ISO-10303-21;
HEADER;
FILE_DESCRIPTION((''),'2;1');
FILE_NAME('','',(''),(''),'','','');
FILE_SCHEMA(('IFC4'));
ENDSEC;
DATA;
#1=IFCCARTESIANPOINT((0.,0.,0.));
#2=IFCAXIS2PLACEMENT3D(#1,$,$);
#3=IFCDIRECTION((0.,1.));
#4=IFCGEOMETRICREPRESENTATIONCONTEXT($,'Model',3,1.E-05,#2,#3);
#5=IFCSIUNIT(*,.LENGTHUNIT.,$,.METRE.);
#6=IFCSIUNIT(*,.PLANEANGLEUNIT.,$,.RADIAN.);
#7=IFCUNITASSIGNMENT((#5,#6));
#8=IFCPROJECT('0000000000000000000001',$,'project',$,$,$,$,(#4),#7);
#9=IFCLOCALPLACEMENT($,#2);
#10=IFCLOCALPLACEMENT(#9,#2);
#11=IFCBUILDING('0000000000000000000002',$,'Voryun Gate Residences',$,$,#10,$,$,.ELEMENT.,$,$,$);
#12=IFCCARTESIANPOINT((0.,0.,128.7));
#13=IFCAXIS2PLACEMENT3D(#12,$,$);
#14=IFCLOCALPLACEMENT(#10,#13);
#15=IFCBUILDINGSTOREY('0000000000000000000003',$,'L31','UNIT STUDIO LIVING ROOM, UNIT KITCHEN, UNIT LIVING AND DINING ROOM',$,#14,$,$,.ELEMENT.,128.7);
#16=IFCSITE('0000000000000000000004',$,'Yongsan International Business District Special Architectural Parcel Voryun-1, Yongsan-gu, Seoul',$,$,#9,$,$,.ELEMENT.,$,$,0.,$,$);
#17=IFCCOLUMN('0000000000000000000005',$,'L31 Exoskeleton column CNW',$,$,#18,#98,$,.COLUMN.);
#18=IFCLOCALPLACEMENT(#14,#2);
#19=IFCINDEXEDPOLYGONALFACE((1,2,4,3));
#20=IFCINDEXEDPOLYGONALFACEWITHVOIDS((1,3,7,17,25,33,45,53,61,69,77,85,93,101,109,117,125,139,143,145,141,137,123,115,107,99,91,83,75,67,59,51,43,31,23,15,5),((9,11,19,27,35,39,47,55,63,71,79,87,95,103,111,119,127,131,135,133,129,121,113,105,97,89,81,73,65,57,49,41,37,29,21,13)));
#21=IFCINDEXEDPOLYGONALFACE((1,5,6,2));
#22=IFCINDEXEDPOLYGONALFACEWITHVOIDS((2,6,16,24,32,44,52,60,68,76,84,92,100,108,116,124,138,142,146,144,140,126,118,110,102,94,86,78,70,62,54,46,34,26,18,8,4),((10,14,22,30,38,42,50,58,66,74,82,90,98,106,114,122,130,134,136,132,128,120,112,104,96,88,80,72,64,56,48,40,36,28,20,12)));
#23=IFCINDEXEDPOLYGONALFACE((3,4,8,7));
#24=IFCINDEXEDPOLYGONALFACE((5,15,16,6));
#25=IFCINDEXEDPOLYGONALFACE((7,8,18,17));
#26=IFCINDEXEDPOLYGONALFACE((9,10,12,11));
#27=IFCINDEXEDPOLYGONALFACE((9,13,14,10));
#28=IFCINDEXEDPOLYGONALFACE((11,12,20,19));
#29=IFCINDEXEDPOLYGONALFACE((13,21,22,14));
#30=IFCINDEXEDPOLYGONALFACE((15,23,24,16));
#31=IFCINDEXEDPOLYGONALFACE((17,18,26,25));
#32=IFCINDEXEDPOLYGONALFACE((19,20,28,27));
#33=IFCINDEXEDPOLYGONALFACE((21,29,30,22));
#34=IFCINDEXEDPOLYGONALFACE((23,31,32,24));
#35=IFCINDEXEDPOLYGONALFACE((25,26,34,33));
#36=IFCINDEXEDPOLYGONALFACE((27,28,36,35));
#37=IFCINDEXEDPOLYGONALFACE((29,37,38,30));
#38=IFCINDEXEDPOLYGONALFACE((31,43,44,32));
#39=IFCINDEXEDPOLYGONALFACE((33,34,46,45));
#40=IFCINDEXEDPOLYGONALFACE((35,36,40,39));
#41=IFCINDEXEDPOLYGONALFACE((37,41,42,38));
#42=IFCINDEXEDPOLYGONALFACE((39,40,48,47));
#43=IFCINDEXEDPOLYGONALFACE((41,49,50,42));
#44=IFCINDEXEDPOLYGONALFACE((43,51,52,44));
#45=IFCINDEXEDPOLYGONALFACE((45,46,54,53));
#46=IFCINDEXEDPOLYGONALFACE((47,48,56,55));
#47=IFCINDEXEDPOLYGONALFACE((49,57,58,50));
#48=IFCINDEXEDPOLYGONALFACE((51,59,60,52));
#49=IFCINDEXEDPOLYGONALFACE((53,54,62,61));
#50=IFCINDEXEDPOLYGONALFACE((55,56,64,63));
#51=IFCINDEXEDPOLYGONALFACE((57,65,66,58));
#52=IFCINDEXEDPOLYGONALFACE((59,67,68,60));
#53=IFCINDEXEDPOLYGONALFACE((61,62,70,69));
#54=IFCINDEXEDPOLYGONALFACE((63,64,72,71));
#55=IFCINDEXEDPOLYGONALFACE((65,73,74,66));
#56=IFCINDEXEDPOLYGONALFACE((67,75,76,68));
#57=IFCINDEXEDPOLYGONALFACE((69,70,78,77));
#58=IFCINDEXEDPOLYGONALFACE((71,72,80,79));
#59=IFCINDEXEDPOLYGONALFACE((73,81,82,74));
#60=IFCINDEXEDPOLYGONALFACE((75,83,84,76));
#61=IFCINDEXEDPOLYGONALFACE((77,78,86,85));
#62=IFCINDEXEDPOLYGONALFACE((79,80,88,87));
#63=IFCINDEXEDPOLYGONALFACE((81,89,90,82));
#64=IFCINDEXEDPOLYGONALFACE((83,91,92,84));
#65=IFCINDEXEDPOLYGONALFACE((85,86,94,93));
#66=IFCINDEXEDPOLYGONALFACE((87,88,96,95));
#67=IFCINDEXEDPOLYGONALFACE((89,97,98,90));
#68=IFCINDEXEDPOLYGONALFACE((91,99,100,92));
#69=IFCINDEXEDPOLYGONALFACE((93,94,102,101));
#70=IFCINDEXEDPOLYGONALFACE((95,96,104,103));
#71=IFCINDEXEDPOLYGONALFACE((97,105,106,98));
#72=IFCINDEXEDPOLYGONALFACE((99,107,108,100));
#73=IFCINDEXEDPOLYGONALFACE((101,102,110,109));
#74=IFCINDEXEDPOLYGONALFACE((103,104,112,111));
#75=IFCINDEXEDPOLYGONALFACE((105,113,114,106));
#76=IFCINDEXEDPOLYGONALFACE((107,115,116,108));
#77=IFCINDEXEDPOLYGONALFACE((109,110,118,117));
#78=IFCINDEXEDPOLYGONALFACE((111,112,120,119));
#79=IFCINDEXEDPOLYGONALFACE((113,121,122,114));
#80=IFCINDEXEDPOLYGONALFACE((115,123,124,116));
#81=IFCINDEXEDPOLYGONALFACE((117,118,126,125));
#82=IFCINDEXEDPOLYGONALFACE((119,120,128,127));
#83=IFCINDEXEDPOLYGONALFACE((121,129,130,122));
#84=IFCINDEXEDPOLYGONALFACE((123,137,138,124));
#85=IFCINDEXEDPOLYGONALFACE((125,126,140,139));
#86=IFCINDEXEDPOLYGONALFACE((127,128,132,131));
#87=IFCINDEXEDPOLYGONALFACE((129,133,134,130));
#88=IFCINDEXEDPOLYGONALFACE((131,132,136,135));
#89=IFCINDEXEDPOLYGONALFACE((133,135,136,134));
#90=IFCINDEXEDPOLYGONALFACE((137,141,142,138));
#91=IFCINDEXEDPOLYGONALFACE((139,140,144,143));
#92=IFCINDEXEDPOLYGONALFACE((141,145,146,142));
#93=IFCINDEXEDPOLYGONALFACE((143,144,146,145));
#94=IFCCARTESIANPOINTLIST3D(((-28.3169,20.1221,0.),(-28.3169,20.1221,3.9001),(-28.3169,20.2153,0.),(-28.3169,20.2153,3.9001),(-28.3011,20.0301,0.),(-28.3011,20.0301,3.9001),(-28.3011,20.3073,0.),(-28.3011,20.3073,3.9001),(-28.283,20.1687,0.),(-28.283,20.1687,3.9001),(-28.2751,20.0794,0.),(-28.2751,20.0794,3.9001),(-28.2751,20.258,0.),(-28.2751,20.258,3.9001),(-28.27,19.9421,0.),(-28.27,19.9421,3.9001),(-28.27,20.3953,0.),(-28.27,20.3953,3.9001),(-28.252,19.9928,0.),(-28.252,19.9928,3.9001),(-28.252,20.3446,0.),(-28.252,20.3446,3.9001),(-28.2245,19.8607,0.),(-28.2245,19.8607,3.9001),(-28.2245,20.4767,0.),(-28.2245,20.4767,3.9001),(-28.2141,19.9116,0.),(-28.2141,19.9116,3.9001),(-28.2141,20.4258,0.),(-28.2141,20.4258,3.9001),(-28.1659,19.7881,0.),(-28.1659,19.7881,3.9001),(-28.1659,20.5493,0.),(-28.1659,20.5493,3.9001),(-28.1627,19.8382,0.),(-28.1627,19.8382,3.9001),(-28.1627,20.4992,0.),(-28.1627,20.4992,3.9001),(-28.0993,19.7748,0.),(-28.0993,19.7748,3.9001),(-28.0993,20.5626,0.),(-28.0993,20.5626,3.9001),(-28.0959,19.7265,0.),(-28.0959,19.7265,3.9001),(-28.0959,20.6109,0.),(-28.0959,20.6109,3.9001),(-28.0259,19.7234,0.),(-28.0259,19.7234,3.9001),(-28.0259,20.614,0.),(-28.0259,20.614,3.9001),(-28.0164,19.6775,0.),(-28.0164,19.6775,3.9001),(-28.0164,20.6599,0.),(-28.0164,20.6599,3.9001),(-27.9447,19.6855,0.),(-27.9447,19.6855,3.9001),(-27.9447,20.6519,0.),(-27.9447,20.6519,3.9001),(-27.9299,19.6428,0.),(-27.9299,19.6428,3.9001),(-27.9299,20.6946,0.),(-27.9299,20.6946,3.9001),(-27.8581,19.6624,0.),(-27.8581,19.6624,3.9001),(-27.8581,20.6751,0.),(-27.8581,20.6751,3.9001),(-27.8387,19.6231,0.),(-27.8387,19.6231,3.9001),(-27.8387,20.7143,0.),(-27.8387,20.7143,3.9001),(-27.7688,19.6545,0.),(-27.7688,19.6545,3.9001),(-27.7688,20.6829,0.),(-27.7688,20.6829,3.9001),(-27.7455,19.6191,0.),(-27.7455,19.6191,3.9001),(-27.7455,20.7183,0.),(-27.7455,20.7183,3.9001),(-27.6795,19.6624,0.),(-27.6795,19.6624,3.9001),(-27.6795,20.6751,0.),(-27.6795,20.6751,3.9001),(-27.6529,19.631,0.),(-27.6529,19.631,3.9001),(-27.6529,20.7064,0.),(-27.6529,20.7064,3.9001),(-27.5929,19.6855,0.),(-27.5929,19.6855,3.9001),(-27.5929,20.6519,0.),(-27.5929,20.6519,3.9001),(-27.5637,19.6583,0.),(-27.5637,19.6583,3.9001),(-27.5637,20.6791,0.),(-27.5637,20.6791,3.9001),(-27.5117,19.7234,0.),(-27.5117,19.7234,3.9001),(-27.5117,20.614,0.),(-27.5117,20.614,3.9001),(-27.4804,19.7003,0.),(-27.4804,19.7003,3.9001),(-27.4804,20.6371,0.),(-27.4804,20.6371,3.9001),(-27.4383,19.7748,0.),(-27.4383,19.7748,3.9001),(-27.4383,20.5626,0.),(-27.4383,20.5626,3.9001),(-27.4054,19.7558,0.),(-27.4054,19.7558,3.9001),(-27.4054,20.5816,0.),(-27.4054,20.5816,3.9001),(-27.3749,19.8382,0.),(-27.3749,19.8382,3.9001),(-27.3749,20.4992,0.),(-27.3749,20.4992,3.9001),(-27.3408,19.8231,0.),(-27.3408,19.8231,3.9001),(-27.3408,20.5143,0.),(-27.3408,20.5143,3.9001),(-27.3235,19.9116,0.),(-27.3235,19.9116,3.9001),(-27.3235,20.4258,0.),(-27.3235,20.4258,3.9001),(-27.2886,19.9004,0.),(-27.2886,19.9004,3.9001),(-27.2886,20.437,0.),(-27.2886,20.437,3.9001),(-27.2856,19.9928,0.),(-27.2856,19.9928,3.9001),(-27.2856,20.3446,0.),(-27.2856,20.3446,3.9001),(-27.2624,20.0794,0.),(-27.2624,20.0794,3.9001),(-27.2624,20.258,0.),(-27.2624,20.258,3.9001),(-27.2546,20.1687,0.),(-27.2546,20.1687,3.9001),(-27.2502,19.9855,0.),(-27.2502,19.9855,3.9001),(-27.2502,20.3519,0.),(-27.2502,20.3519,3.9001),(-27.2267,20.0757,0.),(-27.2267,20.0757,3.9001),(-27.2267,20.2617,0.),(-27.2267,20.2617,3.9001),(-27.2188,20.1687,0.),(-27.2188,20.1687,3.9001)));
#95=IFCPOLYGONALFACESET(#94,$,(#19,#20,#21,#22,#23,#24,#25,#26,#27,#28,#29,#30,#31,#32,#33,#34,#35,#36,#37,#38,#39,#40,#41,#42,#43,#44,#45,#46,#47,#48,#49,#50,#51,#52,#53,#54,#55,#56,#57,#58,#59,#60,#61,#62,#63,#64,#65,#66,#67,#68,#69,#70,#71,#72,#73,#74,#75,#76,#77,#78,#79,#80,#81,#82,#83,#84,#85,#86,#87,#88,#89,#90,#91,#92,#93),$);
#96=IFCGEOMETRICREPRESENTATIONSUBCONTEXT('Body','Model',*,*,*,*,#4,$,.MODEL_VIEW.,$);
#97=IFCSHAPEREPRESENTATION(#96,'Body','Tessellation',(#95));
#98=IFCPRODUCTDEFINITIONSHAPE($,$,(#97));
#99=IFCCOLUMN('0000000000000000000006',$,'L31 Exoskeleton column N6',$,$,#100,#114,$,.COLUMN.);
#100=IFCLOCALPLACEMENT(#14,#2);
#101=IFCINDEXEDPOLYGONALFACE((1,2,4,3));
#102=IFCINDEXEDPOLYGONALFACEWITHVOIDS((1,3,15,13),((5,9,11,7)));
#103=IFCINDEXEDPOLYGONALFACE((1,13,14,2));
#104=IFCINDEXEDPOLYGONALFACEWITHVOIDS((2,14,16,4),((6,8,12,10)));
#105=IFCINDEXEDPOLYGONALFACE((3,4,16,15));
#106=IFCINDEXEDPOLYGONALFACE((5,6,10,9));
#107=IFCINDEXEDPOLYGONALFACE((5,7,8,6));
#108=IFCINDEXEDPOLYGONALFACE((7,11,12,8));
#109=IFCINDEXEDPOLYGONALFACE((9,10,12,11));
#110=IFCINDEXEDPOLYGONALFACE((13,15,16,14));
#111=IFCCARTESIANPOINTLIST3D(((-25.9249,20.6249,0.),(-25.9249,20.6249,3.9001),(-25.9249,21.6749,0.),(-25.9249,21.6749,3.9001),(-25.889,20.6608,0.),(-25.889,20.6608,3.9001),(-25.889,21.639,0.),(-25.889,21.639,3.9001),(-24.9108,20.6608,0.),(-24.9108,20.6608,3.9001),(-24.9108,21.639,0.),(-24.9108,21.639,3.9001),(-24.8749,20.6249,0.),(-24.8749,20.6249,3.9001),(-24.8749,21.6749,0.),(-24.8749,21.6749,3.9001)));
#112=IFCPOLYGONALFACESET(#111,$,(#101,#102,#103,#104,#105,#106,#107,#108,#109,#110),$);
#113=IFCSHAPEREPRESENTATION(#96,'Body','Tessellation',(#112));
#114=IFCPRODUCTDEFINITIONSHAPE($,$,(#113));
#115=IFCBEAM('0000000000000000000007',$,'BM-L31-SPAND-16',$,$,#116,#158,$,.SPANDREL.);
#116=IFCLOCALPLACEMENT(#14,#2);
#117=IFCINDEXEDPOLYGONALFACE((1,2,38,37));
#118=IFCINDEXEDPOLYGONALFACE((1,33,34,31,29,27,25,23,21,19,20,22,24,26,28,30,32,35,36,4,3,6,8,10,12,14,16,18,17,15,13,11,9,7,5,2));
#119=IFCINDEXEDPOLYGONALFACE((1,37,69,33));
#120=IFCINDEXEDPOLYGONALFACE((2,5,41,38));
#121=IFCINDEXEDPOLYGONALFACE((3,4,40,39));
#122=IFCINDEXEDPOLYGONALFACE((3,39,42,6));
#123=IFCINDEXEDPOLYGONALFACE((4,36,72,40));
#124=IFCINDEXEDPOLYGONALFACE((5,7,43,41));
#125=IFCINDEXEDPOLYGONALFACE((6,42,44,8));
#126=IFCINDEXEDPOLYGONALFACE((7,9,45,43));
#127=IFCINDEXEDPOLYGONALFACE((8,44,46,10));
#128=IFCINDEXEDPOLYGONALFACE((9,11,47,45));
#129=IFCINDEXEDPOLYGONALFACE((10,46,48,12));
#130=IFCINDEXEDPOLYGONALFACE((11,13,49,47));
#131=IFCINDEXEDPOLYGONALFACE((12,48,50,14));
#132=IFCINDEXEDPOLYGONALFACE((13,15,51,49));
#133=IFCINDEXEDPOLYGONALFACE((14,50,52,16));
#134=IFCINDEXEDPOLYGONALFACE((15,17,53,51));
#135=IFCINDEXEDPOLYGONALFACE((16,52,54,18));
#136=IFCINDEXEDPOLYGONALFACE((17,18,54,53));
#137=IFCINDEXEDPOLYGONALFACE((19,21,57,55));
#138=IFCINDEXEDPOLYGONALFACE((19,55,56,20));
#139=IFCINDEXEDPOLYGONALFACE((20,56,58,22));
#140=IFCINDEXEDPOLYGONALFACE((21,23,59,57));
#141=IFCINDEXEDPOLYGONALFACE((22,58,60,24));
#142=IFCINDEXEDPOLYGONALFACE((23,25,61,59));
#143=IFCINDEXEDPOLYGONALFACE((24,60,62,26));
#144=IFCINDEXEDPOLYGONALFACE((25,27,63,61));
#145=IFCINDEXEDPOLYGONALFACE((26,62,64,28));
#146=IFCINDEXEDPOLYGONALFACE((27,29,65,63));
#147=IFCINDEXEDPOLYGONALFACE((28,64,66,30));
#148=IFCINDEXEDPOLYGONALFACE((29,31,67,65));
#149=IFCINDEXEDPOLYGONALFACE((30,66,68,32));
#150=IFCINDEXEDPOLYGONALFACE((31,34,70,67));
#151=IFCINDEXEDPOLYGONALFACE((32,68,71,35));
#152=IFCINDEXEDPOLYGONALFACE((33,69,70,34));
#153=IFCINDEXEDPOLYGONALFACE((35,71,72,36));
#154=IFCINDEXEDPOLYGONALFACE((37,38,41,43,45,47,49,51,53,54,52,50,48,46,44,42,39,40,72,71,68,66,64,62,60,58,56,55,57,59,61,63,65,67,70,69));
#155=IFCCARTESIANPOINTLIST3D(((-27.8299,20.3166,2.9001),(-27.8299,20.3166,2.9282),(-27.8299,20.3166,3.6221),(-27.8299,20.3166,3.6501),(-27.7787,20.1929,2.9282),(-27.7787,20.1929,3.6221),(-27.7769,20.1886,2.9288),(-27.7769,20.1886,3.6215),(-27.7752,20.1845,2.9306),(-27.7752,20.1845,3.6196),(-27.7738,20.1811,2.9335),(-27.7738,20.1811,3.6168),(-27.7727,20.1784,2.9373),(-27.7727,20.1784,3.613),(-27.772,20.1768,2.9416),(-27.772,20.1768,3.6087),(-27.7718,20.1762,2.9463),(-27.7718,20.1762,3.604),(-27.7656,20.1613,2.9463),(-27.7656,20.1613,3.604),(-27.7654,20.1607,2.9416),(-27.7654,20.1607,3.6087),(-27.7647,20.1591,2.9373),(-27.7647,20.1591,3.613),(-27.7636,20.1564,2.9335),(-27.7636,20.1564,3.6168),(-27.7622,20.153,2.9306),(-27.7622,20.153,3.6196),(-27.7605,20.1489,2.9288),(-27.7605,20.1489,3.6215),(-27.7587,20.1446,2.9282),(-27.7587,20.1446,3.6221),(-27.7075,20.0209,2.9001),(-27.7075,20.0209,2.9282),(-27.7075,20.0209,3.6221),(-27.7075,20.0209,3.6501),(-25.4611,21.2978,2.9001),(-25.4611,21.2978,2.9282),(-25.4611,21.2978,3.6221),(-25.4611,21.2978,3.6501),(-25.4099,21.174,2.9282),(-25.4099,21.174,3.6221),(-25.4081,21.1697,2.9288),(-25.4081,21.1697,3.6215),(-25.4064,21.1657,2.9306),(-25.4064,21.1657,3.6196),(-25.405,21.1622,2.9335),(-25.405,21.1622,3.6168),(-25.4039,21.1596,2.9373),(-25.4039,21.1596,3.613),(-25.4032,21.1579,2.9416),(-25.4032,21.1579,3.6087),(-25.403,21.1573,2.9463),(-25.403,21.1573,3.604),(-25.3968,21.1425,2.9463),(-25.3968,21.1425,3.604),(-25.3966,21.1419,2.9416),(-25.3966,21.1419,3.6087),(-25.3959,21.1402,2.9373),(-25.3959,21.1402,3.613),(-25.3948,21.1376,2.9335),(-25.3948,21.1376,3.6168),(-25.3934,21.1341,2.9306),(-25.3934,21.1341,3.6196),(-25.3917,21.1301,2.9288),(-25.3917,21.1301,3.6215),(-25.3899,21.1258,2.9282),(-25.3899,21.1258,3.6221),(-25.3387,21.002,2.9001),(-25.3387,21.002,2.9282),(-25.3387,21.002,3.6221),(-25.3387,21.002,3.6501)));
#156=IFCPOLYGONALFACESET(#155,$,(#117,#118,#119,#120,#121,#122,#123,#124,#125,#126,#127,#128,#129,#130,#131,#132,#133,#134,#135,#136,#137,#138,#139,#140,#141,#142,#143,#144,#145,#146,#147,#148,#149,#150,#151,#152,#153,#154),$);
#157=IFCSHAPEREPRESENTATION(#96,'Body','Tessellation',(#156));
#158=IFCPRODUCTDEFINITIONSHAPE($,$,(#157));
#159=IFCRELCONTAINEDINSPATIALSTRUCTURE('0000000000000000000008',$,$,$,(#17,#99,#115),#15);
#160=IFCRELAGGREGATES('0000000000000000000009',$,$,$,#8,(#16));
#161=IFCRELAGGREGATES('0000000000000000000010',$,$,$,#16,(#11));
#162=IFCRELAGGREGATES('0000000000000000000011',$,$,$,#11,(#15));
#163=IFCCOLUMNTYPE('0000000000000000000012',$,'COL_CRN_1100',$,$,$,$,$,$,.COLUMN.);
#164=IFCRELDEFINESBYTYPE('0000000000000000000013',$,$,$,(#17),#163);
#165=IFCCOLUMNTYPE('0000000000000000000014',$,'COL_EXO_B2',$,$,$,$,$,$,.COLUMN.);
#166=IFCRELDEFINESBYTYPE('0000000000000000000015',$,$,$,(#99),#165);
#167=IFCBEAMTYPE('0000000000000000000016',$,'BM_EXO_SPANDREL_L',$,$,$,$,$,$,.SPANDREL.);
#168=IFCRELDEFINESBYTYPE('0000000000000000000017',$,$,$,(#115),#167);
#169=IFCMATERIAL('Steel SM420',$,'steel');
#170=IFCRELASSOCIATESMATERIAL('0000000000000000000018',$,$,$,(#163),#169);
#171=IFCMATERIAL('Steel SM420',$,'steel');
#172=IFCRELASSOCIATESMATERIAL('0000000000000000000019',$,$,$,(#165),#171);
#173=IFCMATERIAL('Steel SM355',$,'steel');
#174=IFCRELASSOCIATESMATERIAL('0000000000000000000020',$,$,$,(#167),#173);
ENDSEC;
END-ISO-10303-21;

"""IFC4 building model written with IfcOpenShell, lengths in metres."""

from ifc_helpers import new_model, si_unit, direction, frame, origin, origin_2d, place, context, subcontext, project, spatial, hollow_rectangle, hollow_circle, i_section, extrude, material, material_profile, profile_set, type_object, element, save


model = new_model("IFC4")

# Units and contexts
model_context = context("Model", 3, precision=1e-05, world=origin(), true_north=direction((0.0, 1.0)))
body_context = subcontext(model_context, "Body", "Model", "MODEL_VIEW")
ifc_project = project(units=[si_unit("LENGTHUNIT", "METRE"), si_unit("PLANEANGLEUNIT", "RADIAN")], contexts=[model_context])

# Site, building, storey
site_placement = place(None, origin())
site = spatial("IfcSite", under=ifc_project, at=site_placement, Name="Yongsan International Business District Special Architectural Parcel Voryun-1, Yongsan-gu, Seoul", CompositionType="ELEMENT", RefElevation=0.0)
building_placement = place(site_placement, origin())
building = spatial("IfcBuilding", under=site, at=building_placement, Name="Voryun Gate Residences", CompositionType="ELEMENT")
storey_placement = place(building_placement, frame((0.0, 0.0, 128.7)))
storey = spatial("IfcBuildingStorey", under=building, at=storey_placement, Name="L31", Description="UNIT STUDIO LIVING ROOM, UNIT KITCHEN, UNIT LIVING AND DINING ROOM", CompositionType="ELEMENT", Elevation=128.7)

# Columns
ifc_material_1 = material(Name="Steel SM420", Category="steel")
ifc_material_profile_1 = material_profile(ifc_material_1, hollow_circle(Radius=0.55, WallThickness=0.0359, at=origin_2d()), Name="CHS-1100x36")
ifc_profile_set_1 = profile_set([ifc_material_profile_1], Name="Steel SM420")
column_type_1 = type_object("IfcColumnType", Name="COL_CRN_1100", PredefinedType="COLUMN", material=ifc_profile_set_1)
column_1_placement = place(storey_placement, frame((-27.7688, 20.1687, 0.0), z_axis=(0.0, 0.0, 1.0), x_axis=(1.0, 0.0, 0.0)))
element("IfcColumn", 1, at=column_1_placement, inside=storey, type_object=column_type_1, Name="L31 Exoskeleton column CNW", PredefinedType="COLUMN", context=body_context, shape_type="SweptSolid", body=[
    extrude(hollow_circle(Radius=0.55, WallThickness=0.0359, at=origin_2d()), origin(), (0.0, 0.0, 1.0), 3.9001),
])
ifc_material_2 = material(Name="Steel SM420", Category="steel")
ifc_material_profile_2 = material_profile(ifc_material_2, hollow_rectangle(XDim=1.05, YDim=1.05, WallThickness=0.0359, at=origin_2d()), Name="BOX-1050x1050x36")
ifc_profile_set_2 = profile_set([ifc_material_profile_2], Name="Steel SM420")
column_type_2 = type_object("IfcColumnType", Name="COL_EXO_B2", PredefinedType="COLUMN", material=ifc_profile_set_2)
column_2_placement = place(storey_placement, frame((-25.3999, 21.1499, 0.0), z_axis=(0.0, 0.0, 1.0), x_axis=(1.0, 0.0, 0.0)))
element("IfcColumn", 2, at=column_2_placement, inside=storey, type_object=column_type_2, Name="L31 Exoskeleton column N6", PredefinedType="COLUMN", context=body_context, shape_type="SweptSolid", body=[
    extrude(hollow_rectangle(XDim=1.05, YDim=1.05, WallThickness=0.0359, at=origin_2d()), origin(), (0.0, 0.0, 1.0), 3.9001),
])

# Beam
ifc_material_3 = material(Name="Steel SM355", Category="steel")
ifc_material_profile_3 = material_profile(ifc_material_3, i_section(OverallWidth=0.3201, OverallDepth=0.75, WebThickness=0.0161, FlangeThickness=0.0281, FilletRadius=0.0181, at=origin_2d()), Name="H-750x320x16x28")
ifc_profile_set_3 = profile_set([ifc_material_profile_3], Name="Steel SM355")
beam_type = type_object("IfcBeamType", Name="BM_EXO_SPANDREL_L", PredefinedType="SPANDREL", material=ifc_profile_set_3)
beam_1_placement = place(storey_placement, frame((-25.3999, 21.1499, 3.2751), z_axis=(-0.923883, -0.382674, 0.0), x_axis=(0.382674, -0.923883, 0.0)))
element("IfcBeam", 3, at=beam_1_placement, inside=storey, type_object=beam_type, Name="BM-L31-SPAND-16", PredefinedType="SPANDREL", context=body_context, shape_type="SweptSolid", body=[
    extrude(i_section(OverallWidth=0.3201, OverallDepth=0.75, WebThickness=0.0161, FlangeThickness=0.0281, FilletRadius=0.0181, at=origin_2d()), origin(), (0.0, 0.0, 1.0), 2.564),
])

save(model, "model.ifc")
